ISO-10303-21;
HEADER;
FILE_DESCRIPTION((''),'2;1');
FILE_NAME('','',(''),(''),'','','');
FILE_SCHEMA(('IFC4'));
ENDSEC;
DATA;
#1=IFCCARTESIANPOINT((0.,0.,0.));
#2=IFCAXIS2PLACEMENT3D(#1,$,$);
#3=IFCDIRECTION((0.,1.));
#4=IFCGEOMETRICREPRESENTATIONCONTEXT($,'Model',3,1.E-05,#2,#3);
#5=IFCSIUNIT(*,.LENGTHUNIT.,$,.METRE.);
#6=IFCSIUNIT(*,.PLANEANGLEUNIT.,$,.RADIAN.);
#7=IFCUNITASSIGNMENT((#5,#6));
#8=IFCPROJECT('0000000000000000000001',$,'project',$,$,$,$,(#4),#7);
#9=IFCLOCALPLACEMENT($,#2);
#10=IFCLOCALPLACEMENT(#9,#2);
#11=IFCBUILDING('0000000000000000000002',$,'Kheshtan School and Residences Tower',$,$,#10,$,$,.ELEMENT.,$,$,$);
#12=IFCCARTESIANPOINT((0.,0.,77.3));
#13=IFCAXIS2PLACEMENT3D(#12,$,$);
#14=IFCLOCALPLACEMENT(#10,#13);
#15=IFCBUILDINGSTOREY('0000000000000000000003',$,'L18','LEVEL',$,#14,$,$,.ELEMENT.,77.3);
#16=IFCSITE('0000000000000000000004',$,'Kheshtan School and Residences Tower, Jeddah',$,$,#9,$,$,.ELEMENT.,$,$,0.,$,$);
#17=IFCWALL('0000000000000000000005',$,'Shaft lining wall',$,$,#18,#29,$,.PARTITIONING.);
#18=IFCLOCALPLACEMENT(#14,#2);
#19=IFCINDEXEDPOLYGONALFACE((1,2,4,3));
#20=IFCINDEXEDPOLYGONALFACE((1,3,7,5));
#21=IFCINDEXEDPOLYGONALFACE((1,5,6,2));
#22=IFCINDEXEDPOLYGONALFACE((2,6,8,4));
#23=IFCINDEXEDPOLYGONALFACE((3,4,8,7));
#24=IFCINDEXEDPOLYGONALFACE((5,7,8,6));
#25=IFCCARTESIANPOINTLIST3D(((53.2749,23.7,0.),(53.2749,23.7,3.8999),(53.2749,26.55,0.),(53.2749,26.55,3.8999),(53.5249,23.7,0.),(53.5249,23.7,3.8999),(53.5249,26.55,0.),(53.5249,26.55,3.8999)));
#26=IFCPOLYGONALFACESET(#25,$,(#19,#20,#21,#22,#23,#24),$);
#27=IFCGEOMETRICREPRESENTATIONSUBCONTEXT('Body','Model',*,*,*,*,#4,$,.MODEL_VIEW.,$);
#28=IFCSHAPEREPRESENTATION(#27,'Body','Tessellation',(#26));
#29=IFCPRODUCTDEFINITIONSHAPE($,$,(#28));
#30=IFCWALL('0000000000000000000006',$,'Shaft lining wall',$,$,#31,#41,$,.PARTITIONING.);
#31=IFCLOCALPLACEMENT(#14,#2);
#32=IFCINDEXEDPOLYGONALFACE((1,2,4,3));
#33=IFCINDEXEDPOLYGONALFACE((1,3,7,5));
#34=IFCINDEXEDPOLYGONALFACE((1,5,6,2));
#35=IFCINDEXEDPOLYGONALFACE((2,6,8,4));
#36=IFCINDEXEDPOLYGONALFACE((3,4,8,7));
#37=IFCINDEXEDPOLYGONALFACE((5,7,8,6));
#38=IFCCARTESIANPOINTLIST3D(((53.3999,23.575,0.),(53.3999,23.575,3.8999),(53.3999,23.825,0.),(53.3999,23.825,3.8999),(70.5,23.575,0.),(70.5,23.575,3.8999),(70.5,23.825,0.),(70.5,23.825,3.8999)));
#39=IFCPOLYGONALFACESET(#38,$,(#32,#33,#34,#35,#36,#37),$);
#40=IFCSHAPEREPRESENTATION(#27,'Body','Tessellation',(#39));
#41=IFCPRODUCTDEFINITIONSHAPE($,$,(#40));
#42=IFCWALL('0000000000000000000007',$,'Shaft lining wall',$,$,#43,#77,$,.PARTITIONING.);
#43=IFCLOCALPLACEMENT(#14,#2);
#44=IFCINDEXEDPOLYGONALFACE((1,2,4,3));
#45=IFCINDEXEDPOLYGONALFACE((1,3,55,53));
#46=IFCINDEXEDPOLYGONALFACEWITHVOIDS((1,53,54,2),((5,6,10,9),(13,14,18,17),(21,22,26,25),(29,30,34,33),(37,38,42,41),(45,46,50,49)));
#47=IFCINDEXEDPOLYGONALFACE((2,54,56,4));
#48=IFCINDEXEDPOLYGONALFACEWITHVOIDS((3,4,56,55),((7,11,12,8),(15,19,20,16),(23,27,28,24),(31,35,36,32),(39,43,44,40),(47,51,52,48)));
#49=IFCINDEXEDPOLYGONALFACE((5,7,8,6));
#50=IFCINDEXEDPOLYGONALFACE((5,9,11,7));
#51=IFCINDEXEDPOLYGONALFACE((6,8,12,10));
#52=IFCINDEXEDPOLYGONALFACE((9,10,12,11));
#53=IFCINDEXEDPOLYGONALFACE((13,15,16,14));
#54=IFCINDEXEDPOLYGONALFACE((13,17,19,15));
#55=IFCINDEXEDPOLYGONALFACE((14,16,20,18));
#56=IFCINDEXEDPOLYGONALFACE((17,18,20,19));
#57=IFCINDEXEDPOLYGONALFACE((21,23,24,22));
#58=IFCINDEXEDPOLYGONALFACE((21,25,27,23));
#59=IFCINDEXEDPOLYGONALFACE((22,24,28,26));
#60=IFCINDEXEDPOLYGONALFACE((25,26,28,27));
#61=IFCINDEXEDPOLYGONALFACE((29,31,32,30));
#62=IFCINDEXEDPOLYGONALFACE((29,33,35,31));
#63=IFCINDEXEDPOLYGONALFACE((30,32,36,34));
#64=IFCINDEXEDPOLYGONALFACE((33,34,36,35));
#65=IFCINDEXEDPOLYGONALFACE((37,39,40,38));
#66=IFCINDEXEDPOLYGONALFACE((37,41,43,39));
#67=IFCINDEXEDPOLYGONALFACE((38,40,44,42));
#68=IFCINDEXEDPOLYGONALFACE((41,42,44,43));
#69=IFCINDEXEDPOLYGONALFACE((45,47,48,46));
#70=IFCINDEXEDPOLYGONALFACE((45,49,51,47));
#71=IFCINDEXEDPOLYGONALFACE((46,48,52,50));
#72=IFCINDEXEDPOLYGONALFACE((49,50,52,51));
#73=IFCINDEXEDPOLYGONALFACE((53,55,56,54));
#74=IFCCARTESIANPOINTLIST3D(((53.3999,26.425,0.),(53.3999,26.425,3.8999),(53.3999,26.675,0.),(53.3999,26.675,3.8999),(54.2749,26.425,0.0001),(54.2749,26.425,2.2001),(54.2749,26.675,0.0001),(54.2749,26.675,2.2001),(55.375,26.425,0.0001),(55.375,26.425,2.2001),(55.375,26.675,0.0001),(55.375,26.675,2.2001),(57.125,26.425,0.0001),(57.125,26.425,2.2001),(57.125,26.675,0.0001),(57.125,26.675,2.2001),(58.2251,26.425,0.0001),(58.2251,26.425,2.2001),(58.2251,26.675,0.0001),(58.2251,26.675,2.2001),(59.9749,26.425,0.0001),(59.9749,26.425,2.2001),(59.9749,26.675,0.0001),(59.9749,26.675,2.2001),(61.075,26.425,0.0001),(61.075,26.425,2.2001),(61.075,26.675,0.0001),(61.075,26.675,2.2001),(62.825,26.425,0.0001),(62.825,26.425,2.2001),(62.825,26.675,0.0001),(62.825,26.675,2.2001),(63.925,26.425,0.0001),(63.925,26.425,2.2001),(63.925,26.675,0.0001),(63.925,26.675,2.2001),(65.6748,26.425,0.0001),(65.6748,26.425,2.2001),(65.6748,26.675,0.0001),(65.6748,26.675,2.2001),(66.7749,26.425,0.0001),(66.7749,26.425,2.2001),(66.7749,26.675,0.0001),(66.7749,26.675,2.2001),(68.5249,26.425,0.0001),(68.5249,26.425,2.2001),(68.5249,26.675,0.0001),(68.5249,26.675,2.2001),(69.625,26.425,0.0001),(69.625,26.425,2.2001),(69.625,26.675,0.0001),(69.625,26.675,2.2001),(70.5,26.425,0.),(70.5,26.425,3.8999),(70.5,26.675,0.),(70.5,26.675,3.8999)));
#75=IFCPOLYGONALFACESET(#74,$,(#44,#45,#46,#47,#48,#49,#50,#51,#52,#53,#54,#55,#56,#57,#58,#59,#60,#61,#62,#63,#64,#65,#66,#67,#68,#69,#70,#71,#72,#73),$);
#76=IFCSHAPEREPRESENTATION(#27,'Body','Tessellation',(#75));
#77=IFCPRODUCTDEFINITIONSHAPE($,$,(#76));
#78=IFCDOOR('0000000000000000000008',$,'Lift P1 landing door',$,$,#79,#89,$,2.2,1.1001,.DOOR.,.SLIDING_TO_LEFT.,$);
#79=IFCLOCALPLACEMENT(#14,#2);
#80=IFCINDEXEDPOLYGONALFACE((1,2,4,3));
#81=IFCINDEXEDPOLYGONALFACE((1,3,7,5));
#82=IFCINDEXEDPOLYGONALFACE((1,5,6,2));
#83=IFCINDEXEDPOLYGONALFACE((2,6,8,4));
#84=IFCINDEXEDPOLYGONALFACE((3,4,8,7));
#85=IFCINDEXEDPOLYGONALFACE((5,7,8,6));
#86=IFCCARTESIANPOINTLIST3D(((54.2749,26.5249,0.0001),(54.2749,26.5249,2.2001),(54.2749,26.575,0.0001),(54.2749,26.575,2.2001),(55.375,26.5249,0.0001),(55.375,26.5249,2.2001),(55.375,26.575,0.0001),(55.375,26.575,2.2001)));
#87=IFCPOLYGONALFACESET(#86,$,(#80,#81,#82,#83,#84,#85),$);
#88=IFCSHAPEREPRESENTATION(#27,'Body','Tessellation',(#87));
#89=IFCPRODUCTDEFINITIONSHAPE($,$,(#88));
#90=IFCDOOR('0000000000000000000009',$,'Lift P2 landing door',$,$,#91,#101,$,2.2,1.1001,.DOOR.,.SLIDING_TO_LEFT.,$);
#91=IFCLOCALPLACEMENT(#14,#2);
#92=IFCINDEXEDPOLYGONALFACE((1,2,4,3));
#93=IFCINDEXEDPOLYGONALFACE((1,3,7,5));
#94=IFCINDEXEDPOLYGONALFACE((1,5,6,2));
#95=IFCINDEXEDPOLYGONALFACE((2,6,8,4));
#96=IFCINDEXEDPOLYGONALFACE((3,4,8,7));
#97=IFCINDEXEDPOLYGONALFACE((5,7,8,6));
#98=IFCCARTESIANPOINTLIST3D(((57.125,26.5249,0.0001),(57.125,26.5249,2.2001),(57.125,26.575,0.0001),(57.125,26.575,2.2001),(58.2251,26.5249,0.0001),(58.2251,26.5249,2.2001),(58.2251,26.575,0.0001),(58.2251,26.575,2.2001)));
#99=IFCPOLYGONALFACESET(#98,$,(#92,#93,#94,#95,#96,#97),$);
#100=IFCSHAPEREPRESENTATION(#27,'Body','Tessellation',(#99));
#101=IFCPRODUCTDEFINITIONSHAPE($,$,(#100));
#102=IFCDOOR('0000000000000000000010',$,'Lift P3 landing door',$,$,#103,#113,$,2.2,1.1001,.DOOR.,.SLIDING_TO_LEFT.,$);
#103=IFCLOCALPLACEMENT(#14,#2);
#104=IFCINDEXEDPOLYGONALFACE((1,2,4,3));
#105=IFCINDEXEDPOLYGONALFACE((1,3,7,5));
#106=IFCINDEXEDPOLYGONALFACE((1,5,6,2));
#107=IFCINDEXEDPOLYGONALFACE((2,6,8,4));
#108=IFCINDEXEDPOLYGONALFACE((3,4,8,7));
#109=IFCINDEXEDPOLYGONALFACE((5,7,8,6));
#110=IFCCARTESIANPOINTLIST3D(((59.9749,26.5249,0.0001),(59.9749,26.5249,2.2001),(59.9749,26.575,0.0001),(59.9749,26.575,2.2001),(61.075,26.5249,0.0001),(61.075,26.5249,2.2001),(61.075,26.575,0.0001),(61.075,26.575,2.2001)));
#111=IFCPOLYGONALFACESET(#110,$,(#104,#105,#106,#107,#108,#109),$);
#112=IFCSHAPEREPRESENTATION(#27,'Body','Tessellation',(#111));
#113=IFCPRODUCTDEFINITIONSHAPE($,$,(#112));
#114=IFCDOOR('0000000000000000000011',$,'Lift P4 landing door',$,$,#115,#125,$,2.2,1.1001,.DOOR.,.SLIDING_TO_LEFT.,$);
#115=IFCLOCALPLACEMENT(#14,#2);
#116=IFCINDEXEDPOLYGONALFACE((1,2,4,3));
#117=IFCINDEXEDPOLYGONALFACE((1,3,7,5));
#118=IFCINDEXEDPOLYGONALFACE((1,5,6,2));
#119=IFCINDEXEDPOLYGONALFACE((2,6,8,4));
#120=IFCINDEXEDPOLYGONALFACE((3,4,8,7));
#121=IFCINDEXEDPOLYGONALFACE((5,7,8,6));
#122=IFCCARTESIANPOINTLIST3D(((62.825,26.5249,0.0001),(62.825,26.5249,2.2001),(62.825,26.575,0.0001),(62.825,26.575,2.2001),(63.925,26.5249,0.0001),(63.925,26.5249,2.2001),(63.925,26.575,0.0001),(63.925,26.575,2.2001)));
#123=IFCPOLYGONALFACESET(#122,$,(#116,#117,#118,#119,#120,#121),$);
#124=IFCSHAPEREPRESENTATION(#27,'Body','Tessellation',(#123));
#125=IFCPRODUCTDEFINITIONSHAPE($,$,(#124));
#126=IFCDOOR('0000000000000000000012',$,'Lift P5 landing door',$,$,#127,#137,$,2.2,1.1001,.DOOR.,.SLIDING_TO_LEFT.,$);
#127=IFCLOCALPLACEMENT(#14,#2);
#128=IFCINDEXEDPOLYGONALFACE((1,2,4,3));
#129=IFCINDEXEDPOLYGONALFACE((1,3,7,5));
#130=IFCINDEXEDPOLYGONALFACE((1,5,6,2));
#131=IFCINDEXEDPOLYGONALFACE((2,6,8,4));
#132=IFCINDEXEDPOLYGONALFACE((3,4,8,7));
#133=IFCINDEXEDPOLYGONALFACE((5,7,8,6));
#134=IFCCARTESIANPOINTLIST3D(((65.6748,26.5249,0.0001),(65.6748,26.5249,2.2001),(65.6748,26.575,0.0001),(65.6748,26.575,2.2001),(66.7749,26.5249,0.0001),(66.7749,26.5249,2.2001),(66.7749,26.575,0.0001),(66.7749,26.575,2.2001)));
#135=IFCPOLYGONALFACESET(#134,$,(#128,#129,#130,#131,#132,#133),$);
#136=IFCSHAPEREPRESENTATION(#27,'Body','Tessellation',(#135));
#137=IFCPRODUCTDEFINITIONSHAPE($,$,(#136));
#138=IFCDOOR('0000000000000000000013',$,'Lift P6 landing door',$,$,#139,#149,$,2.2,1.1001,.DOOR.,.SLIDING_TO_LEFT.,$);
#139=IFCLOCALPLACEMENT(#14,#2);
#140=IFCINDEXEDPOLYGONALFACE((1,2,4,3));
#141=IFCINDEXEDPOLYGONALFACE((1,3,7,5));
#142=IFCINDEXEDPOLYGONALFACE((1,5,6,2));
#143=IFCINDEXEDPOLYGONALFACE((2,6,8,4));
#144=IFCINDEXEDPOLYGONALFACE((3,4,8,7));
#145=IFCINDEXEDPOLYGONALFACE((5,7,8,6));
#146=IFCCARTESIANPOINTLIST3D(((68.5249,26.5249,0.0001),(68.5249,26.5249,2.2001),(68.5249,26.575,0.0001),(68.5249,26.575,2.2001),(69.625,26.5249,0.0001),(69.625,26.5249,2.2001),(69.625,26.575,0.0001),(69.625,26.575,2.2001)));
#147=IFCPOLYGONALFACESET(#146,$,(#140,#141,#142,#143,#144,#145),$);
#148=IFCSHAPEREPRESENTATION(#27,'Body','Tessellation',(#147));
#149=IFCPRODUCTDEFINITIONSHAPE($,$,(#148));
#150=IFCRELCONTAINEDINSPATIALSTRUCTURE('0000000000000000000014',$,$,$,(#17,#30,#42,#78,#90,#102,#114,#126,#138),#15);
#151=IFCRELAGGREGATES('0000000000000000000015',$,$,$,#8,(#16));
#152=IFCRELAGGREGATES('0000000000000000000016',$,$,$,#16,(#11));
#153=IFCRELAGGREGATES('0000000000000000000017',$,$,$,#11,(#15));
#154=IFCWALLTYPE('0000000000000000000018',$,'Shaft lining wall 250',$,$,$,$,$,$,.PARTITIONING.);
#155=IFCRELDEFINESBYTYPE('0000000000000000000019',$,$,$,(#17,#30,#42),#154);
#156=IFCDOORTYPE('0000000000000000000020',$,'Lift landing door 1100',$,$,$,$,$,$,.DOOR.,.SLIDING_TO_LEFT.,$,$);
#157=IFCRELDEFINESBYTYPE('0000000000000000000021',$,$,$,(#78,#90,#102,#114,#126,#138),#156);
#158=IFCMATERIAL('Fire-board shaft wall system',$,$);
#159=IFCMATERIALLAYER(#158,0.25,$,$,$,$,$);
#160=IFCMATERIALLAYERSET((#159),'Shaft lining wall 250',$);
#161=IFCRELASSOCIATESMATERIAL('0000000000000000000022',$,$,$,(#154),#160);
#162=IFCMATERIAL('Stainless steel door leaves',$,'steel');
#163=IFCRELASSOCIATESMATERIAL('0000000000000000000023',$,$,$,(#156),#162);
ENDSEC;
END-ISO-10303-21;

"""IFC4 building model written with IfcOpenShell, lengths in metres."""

from ifc_helpers import new_model, si_unit, direction, frame, frame_2d, origin, place, context, subcontext, project, spatial, rectangle, extrude, source, transform, mapped, material, layer, layer_set, type_object, element, fill, save


model = new_model("IFC4")

# Units and contexts
model_context = context("Model", 3, precision=1e-05, world=origin(), true_north=direction((0.0, 1.0)))
body_context = subcontext(model_context, "Body", "Model", "MODEL_VIEW")
ifc_project = project(units=[si_unit("LENGTHUNIT", "METRE"), si_unit("PLANEANGLEUNIT", "RADIAN")], contexts=[model_context])

# Site, building, storey
site_placement = place(None, origin())
site = spatial("IfcSite", under=ifc_project, at=site_placement, Name="Kheshtan School and Residences Tower, Jeddah", CompositionType="ELEMENT", RefElevation=0.0)
building_placement = place(site_placement, origin())
building = spatial("IfcBuilding", under=site, at=building_placement, Name="Kheshtan School and Residences Tower", CompositionType="ELEMENT")
storey_placement = place(building_placement, frame((0.0, 0.0, 77.3)))
storey = spatial("IfcBuildingStorey", under=building, at=storey_placement, Name="L18", Description="LEVEL", CompositionType="ELEMENT", Elevation=77.3)

# Walls
ifc_material_1 = material(Name="Fire-board shaft wall system")
ifc_layer_1 = layer(ifc_material_1, 0.25)
ifc_layer_set_1 = layer_set([ifc_layer_1], Name="Shaft lining wall 250")
wall_type_1 = type_object("IfcWallType", Name="Shaft lining wall 250", PredefinedType="PARTITIONING", material=ifc_layer_set_1)
wall_1_placement = place(storey_placement, frame((53.3999, 23.7, 0.0), z_axis=(0.0, 0.0, 1.0), x_axis=(0.0, 1.0, 0.0)))
element("IfcWall", 1, at=wall_1_placement, inside=storey, type_object=wall_type_1, Name="Shaft lining wall", PredefinedType="PARTITIONING", context=body_context, shape_type="SweptSolid", body=[
    extrude(rectangle(XDim=2.8501, YDim=0.25, at=frame_2d((1.425, 0.0))), origin(), (0.0, 0.0, 1.0), 3.8999),
])
wall_2_placement = place(storey_placement, frame((53.3999, 23.7, 0.0), z_axis=(0.0, 0.0, 1.0), x_axis=(1.0, 0.0, 0.0)))
element("IfcWall", 2, at=wall_2_placement, inside=storey, type_object=wall_type_1, Name="Shaft lining wall", PredefinedType="PARTITIONING", context=body_context, shape_type="SweptSolid", body=[
    extrude(rectangle(XDim=17.1001, YDim=0.25, at=frame_2d((8.55, 0.0))), origin(), (0.0, 0.0, 1.0), 3.8999),
])

# Wall, openings, doors
wall_3_placement = place(storey_placement, frame((53.3999, 26.55, 0.0), z_axis=(0.0, 0.0, 1.0), x_axis=(1.0, 0.0, 0.0)))
wall_3 = element("IfcWall", 3, at=wall_3_placement, inside=storey, type_object=wall_type_1, Name="Shaft lining wall", PredefinedType="PARTITIONING", context=body_context, shape_type="SweptSolid", body=[
    extrude(rectangle(XDim=17.1001, YDim=0.25, at=frame_2d((8.55, 0.0))), origin(), (0.0, 0.0, 1.0), 3.8999),
])
opening_1_placement = place(wall_3_placement, frame((0.875, 0.0, 0.0)))
opening_1 = element("IfcOpeningElement", 4, at=opening_1_placement, cuts=wall_3, PredefinedType="OPENING", context=body_context, shape_type="SweptSolid", body=[
    extrude(rectangle(XDim=1.1001, YDim=2.2, at=frame_2d((0.55, 1.1001))), frame((0.0, 0.135, 0.0), z_axis=(0.0, -1.0, 0.0), x_axis=(1.0, 0.0, 0.0)), (0.0, 0.0, 1.0), 0.27),
])
opening_2_placement = place(wall_3_placement, frame((3.7251, 0.0, 0.0)))
opening_2 = element("IfcOpeningElement", 5, at=opening_2_placement, cuts=wall_3, PredefinedType="OPENING", context=body_context, shape_type="SweptSolid", body=[
    extrude(rectangle(XDim=1.1001, YDim=2.2, at=frame_2d((0.55, 1.1001))), frame((0.0, 0.135, 0.0), z_axis=(0.0, -1.0, 0.0), x_axis=(1.0, 0.0, 0.0)), (0.0, 0.0, 1.0), 0.27),
])
opening_3_placement = place(wall_3_placement, frame((6.575, 0.0, 0.0)))
opening_3 = element("IfcOpeningElement", 6, at=opening_3_placement, cuts=wall_3, PredefinedType="OPENING", context=body_context, shape_type="SweptSolid", body=[
    extrude(rectangle(XDim=1.1001, YDim=2.2, at=frame_2d((0.55, 1.1001))), frame((0.0, 0.135, 0.0), z_axis=(0.0, -1.0, 0.0), x_axis=(1.0, 0.0, 0.0)), (0.0, 0.0, 1.0), 0.27),
])
opening_4_placement = place(wall_3_placement, frame((9.425, 0.0, 0.0)))
opening_4 = element("IfcOpeningElement", 7, at=opening_4_placement, cuts=wall_3, PredefinedType="OPENING", context=body_context, shape_type="SweptSolid", body=[
    extrude(rectangle(XDim=1.1001, YDim=2.2, at=frame_2d((0.55, 1.1001))), frame((0.0, 0.135, 0.0), z_axis=(0.0, -1.0, 0.0), x_axis=(1.0, 0.0, 0.0)), (0.0, 0.0, 1.0), 0.27),
])
opening_5_placement = place(wall_3_placement, frame((12.2749, 0.0, 0.0)))
opening_5 = element("IfcOpeningElement", 8, at=opening_5_placement, cuts=wall_3, PredefinedType="OPENING", context=body_context, shape_type="SweptSolid", body=[
    extrude(rectangle(XDim=1.1001, YDim=2.2, at=frame_2d((0.55, 1.1001))), frame((0.0, 0.135, 0.0), z_axis=(0.0, -1.0, 0.0), x_axis=(1.0, 0.0, 0.0)), (0.0, 0.0, 1.0), 0.27),
])
opening_6_placement = place(wall_3_placement, frame((15.125, 0.0, 0.0)))
opening_6 = element("IfcOpeningElement", 9, at=opening_6_placement, cuts=wall_3, PredefinedType="OPENING", context=body_context, shape_type="SweptSolid", body=[
    extrude(rectangle(XDim=1.1001, YDim=2.2, at=frame_2d((0.55, 1.1001))), frame((0.0, 0.135, 0.0), z_axis=(0.0, -1.0, 0.0), x_axis=(1.0, 0.0, 0.0)), (0.0, 0.0, 1.0), 0.27),
])
ifc_material_2 = material(Name="Stainless steel door leaves", Category="steel")
door_type = type_object("IfcDoorType", Name="Lift landing door 1100", OperationType="SLIDING_TO_LEFT", PredefinedType="DOOR", material=ifc_material_2)
shared_shape = source(origin(), body_context, "Body", "SweptSolid", [
    extrude(rectangle(XDim=1.1001, YDim=2.2, at=frame_2d((0.55, 1.1001))), frame((0.0, 0.0249, 0.0), z_axis=(0.0, -1.0, 0.0), x_axis=(1.0, 0.0, 0.0)), (0.0, 0.0, 1.0), 0.05),
])
door_1_placement = place(opening_1_placement, origin())
door_1 = element("IfcDoor", 10, at=door_1_placement, inside=storey, type_object=door_type, Name="Lift P1 landing door", OperationType="SLIDING_TO_LEFT", OverallHeight=2.2, OverallWidth=1.1001, PredefinedType="DOOR", context=body_context, shape_type="MappedRepresentation", body=[
    mapped(shared_shape, transform((0.0, 0.0, 0.0), x_axis=(1.0, 0.0, 0.0), y_axis=(0.0, 1.0, 0.0), z_axis=(0.0, 0.0, 1.0), scale=1.0)),
])
fill(opening_1, door_1)
door_2_placement = place(opening_2_placement, origin())
door_2 = element("IfcDoor", 11, at=door_2_placement, inside=storey, type_object=door_type, Name="Lift P2 landing door", OperationType="SLIDING_TO_LEFT", OverallHeight=2.2, OverallWidth=1.1001, PredefinedType="DOOR", context=body_context, shape_type="MappedRepresentation", body=[
    mapped(shared_shape, transform((0.0, 0.0, 0.0), x_axis=(1.0, 0.0, 0.0), y_axis=(0.0, 1.0, 0.0), z_axis=(0.0, 0.0, 1.0), scale=1.0)),
])
fill(opening_2, door_2)
door_3_placement = place(opening_3_placement, origin())
door_3 = element("IfcDoor", 12, at=door_3_placement, inside=storey, type_object=door_type, Name="Lift P3 landing door", OperationType="SLIDING_TO_LEFT", OverallHeight=2.2, OverallWidth=1.1001, PredefinedType="DOOR", context=body_context, shape_type="MappedRepresentation", body=[
    mapped(shared_shape, transform((0.0, 0.0, 0.0), x_axis=(1.0, 0.0, 0.0), y_axis=(0.0, 1.0, 0.0), z_axis=(0.0, 0.0, 1.0), scale=1.0)),
])
fill(opening_3, door_3)
door_4_placement = place(opening_4_placement, origin())
door_4 = element("IfcDoor", 13, at=door_4_placement, inside=storey, type_object=door_type, Name="Lift P4 landing door", OperationType="SLIDING_TO_LEFT", OverallHeight=2.2, OverallWidth=1.1001, PredefinedType="DOOR", context=body_context, shape_type="MappedRepresentation", body=[
    mapped(shared_shape, transform((0.0, 0.0, 0.0), x_axis=(1.0, 0.0, 0.0), y_axis=(0.0, 1.0, 0.0), z_axis=(0.0, 0.0, 1.0), scale=1.0)),
])
fill(opening_4, door_4)
door_5_placement = place(opening_5_placement, origin())
door_5 = element("IfcDoor", 14, at=door_5_placement, inside=storey, type_object=door_type, Name="Lift P5 landing door", OperationType="SLIDING_TO_LEFT", OverallHeight=2.2, OverallWidth=1.1001, PredefinedType="DOOR", context=body_context, shape_type="MappedRepresentation", body=[
    mapped(shared_shape, transform((0.0, 0.0, 0.0), x_axis=(1.0, 0.0, 0.0), y_axis=(0.0, 1.0, 0.0), z_axis=(0.0, 0.0, 1.0), scale=1.0)),
])
fill(opening_5, door_5)
door_6_placement = place(opening_6_placement, origin())
door_6 = element("IfcDoor", 15, at=door_6_placement, inside=storey, type_object=door_type, Name="Lift P6 landing door", OperationType="SLIDING_TO_LEFT", OverallHeight=2.2, OverallWidth=1.1001, PredefinedType="DOOR", context=body_context, shape_type="MappedRepresentation", body=[
    mapped(shared_shape, transform((0.0, 0.0, 0.0), x_axis=(1.0, 0.0, 0.0), y_axis=(0.0, 1.0, 0.0), z_axis=(0.0, 0.0, 1.0), scale=1.0)),
])
fill(opening_6, door_6)

save(model, "model.ifc")
